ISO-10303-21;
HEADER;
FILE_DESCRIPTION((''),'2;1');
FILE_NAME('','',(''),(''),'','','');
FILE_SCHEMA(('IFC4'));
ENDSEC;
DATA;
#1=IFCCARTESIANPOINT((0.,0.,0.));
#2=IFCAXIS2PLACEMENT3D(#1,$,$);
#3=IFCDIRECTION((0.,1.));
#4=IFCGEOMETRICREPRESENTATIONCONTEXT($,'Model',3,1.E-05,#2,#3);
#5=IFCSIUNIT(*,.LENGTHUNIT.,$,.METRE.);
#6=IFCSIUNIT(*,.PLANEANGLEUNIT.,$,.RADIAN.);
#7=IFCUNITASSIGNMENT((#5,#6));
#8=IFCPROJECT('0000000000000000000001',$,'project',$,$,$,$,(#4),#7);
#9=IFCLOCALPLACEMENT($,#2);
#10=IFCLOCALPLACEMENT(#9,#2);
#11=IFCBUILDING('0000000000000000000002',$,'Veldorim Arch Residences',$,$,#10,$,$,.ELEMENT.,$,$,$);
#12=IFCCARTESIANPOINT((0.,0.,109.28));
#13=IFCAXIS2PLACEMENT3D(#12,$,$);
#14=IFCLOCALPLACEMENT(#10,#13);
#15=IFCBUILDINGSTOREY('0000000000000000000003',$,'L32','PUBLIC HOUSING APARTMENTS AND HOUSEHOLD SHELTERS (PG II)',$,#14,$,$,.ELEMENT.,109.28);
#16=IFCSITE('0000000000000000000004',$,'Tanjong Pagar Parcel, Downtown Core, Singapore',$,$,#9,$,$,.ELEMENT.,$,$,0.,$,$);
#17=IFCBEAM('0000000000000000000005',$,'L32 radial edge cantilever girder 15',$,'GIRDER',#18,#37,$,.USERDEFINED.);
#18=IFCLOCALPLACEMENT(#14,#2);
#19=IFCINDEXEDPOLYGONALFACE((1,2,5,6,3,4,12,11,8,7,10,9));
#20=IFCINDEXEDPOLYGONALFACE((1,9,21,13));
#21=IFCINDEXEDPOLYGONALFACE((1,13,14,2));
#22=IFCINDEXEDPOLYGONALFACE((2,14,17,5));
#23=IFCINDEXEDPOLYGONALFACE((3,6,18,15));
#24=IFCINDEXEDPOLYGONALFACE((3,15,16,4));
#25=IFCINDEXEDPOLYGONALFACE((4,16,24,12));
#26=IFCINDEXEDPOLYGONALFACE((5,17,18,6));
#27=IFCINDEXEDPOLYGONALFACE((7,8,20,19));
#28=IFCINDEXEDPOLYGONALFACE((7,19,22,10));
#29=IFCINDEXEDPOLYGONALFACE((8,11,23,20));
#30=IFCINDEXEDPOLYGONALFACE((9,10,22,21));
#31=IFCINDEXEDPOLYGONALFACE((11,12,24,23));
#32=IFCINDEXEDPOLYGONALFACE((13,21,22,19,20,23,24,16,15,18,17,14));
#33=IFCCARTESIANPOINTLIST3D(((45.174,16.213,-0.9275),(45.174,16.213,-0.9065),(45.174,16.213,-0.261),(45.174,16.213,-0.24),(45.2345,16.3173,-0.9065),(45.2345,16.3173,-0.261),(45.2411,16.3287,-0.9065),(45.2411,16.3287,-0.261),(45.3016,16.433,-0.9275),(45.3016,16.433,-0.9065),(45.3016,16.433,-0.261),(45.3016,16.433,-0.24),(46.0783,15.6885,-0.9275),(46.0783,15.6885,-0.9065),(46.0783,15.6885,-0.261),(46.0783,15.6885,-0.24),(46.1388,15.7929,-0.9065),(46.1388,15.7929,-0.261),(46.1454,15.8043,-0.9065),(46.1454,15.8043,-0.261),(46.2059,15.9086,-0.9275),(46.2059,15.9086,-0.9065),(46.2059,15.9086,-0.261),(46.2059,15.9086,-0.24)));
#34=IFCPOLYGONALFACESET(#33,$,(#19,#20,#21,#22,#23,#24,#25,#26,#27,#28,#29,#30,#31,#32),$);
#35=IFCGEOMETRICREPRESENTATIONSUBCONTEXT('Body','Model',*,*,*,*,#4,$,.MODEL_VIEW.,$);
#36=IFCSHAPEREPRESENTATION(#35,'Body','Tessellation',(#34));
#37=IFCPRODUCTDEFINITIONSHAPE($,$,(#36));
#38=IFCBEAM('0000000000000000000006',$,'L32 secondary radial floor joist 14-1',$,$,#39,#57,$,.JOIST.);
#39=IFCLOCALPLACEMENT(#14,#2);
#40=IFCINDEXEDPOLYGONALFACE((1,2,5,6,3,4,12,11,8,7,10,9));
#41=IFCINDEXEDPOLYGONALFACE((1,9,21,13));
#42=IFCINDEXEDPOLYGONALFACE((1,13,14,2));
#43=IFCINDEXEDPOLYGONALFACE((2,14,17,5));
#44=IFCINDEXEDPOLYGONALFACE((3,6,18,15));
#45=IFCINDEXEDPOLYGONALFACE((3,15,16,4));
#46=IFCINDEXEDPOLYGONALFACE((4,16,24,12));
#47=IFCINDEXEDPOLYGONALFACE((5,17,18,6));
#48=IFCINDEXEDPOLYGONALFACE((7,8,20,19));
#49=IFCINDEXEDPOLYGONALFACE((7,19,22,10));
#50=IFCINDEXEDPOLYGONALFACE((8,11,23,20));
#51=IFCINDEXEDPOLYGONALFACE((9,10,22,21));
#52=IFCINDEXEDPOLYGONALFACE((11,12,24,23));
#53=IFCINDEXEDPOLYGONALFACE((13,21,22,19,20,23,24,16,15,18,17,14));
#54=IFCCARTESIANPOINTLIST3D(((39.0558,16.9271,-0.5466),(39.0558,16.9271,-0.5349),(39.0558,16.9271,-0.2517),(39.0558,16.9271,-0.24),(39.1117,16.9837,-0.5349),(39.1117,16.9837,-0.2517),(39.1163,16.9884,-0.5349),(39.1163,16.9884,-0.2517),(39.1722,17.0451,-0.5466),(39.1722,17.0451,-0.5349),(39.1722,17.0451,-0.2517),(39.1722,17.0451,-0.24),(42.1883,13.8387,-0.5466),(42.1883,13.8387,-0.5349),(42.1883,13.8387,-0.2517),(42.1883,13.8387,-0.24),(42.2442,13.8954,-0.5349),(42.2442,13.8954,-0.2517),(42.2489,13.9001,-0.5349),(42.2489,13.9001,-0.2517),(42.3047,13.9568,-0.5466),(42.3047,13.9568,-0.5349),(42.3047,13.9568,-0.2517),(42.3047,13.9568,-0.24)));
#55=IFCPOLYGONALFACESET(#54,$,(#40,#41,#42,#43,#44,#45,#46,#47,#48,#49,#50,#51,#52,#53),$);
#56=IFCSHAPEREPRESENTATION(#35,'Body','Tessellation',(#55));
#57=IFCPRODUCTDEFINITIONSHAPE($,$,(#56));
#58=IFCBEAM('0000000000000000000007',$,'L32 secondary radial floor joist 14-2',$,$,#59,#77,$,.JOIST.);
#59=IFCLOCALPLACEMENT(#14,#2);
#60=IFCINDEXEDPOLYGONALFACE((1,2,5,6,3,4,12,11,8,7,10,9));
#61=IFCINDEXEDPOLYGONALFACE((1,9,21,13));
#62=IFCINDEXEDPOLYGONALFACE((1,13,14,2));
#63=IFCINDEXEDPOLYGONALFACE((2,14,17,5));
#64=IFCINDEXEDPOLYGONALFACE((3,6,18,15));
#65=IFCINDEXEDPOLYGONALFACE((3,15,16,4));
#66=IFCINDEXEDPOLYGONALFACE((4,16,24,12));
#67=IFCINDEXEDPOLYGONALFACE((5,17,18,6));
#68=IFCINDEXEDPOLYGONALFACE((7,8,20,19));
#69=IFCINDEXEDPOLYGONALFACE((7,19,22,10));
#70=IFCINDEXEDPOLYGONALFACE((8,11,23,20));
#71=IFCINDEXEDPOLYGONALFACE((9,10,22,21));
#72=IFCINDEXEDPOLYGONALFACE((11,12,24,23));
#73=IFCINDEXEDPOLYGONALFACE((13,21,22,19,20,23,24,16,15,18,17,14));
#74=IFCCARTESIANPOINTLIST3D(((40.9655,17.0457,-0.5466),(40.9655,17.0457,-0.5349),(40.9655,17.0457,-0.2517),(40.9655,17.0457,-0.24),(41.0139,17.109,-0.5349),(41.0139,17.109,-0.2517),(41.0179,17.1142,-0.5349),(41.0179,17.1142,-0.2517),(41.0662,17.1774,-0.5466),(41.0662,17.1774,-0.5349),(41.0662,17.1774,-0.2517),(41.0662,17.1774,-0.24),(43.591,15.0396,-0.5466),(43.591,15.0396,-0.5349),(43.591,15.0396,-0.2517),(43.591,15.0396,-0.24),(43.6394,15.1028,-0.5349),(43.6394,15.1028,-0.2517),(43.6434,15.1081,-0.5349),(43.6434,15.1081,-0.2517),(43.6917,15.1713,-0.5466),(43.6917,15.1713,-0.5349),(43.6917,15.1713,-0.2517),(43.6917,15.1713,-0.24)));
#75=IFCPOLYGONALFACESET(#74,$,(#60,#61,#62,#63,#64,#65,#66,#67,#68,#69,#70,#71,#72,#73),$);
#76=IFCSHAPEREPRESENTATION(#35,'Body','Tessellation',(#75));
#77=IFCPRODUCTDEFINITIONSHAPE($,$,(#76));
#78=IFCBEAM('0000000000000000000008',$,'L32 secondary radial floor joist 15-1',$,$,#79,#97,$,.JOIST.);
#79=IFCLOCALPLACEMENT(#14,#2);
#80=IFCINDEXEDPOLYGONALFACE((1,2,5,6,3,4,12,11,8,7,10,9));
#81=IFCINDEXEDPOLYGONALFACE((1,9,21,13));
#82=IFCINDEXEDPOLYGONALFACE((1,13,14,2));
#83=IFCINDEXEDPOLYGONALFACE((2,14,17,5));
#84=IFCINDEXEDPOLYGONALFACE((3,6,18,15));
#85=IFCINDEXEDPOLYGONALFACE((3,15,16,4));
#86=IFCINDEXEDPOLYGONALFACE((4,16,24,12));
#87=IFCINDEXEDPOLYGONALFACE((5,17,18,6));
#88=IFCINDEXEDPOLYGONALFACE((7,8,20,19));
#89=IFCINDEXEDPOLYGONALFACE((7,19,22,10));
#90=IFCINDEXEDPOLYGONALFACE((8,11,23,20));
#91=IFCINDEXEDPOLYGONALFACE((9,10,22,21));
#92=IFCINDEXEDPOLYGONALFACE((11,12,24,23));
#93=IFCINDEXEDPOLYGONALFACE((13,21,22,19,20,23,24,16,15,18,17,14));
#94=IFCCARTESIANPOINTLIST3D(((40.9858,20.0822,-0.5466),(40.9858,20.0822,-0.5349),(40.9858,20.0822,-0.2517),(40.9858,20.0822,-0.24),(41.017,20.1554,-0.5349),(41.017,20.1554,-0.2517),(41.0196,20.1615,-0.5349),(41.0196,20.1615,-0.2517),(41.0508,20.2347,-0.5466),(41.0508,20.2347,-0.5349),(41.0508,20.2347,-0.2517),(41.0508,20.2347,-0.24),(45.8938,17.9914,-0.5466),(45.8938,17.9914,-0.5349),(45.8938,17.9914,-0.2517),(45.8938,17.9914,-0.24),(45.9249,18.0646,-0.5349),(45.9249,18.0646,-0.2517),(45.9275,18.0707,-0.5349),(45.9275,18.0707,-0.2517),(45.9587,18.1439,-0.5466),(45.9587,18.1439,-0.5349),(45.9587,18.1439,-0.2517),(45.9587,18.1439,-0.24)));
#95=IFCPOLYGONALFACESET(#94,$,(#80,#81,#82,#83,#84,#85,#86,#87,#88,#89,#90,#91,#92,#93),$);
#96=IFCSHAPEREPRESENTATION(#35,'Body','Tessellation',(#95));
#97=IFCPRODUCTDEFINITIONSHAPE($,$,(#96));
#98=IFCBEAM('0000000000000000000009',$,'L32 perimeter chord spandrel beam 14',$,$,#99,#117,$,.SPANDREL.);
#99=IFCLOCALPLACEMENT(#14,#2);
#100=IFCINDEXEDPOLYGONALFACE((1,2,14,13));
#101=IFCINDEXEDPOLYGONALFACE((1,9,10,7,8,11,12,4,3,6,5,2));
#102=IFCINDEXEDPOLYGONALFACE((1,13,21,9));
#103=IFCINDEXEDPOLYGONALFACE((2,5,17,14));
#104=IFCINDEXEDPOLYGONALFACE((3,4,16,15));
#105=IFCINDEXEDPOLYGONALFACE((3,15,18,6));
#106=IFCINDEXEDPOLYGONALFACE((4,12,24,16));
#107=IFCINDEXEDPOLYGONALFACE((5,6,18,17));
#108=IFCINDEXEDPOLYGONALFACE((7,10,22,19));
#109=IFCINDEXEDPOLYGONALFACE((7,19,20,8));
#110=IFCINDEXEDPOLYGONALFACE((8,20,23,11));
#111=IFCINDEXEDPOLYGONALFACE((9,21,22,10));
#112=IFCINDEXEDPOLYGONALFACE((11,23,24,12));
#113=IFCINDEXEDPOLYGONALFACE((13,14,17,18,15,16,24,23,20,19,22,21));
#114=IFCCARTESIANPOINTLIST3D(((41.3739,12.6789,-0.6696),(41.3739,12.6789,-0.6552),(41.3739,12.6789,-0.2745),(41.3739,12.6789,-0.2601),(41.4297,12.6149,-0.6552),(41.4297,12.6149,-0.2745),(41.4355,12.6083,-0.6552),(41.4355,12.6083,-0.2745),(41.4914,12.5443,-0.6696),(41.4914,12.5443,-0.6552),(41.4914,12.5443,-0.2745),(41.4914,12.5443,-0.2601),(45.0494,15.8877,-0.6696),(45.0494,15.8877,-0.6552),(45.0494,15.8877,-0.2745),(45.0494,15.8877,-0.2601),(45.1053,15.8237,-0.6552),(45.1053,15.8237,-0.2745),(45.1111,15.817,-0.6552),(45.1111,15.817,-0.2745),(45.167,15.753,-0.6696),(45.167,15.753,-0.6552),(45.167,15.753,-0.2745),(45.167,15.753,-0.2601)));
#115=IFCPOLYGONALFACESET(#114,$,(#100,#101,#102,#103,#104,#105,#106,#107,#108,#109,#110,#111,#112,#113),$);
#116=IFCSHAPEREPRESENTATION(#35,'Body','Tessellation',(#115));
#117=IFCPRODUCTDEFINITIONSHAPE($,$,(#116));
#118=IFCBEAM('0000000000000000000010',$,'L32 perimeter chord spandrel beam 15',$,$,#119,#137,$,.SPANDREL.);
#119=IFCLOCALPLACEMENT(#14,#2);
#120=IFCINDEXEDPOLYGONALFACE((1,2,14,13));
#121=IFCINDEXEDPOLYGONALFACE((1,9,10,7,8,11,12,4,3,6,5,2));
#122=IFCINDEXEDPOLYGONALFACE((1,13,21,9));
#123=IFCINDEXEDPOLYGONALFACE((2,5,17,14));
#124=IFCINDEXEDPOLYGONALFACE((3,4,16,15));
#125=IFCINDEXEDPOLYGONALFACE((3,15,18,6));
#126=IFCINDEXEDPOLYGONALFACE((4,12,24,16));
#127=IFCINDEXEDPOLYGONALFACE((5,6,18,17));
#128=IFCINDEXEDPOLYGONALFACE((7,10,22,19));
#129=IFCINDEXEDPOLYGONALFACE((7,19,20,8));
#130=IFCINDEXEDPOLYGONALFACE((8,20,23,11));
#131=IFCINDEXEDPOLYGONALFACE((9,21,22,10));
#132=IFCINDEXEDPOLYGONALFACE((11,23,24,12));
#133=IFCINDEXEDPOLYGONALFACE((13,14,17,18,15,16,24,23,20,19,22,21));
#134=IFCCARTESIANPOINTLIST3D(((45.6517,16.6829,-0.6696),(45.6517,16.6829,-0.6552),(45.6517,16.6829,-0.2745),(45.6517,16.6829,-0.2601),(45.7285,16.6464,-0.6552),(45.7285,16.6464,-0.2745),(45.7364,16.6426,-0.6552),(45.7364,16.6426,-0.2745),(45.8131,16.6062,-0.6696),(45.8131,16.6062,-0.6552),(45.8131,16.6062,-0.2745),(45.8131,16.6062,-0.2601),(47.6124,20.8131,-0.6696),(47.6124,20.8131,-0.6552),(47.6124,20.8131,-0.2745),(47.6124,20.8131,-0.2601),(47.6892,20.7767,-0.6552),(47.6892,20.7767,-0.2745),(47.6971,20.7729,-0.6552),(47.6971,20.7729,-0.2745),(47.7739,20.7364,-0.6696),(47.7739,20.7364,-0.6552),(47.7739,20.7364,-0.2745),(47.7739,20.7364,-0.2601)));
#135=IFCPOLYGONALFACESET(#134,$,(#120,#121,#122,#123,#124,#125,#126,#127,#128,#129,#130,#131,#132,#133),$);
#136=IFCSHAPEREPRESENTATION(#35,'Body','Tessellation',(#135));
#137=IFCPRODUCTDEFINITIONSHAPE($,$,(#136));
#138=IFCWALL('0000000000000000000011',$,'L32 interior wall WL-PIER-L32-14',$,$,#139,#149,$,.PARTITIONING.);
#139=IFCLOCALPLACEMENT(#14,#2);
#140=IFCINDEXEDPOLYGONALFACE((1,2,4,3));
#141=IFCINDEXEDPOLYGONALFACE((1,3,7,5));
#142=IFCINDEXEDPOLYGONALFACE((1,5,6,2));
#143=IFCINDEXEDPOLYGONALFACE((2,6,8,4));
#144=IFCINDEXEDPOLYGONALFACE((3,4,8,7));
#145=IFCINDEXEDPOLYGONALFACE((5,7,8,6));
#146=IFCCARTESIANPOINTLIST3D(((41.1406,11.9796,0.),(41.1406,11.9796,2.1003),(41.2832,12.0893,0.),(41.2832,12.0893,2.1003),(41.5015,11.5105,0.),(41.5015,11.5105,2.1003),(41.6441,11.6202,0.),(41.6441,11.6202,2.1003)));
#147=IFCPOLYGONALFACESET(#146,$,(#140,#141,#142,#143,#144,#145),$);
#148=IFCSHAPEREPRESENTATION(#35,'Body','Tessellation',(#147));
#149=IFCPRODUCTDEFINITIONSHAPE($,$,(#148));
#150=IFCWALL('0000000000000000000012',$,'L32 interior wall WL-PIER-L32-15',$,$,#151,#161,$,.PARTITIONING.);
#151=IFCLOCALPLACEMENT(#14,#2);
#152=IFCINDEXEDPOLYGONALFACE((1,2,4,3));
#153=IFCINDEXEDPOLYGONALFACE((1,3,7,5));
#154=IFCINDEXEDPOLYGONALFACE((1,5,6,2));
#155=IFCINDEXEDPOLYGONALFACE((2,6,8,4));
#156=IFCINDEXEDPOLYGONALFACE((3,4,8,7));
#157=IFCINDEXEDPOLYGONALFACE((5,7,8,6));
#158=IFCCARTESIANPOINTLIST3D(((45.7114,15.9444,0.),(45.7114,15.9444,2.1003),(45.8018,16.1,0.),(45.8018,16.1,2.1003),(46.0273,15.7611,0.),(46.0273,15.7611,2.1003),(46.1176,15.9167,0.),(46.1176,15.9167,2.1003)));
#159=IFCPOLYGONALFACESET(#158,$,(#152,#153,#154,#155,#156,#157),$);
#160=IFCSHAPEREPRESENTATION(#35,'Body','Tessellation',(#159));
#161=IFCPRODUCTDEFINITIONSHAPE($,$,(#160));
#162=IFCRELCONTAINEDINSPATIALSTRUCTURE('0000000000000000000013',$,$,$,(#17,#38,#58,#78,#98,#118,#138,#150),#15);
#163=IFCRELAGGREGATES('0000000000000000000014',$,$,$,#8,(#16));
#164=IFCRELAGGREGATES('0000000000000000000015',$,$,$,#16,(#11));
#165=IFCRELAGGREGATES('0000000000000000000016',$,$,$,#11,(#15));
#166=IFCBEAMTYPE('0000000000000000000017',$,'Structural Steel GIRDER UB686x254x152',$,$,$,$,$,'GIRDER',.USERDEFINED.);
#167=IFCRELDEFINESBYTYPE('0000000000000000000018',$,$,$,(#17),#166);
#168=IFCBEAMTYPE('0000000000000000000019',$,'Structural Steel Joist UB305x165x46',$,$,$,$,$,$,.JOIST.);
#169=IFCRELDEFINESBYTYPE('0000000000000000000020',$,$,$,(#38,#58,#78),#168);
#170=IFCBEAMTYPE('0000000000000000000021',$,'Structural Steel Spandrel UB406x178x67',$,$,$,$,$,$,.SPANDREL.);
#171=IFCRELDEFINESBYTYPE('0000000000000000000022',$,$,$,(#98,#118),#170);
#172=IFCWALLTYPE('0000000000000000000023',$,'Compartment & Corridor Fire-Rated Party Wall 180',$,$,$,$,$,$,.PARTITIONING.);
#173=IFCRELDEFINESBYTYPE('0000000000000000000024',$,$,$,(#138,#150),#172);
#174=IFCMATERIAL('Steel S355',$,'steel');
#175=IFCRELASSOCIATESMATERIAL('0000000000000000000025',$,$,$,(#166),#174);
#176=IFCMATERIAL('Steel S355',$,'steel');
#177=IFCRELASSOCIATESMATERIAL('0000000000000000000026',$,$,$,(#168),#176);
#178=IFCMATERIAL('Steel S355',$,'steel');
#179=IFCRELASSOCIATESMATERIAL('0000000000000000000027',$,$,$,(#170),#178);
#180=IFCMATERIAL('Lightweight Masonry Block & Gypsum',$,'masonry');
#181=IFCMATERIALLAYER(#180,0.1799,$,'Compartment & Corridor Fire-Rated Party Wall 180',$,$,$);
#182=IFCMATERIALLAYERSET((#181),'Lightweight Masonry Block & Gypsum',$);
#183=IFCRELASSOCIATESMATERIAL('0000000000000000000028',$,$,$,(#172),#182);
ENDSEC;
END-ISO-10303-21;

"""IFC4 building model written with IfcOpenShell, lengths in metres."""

from ifc_helpers import new_model, si_unit, direction, frame, frame_2d, origin, origin_2d, place, context, subcontext, project, spatial, rectangle, i_section, extrude, material, layer, layer_set, material_profile, profile_set, type_object, element, save


model = new_model("IFC4")

# Units and contexts
model_context = context("Model", 3, precision=1e-05, world=origin(), true_north=direction((0.0, 1.0)))
body_context = subcontext(model_context, "Body", "Model", "MODEL_VIEW")
ifc_project = project(units=[si_unit("LENGTHUNIT", "METRE"), si_unit("PLANEANGLEUNIT", "RADIAN")], contexts=[model_context])

# Site, building, storey
site_placement = place(None, origin())
site = spatial("IfcSite", under=ifc_project, at=site_placement, Name="Tanjong Pagar Parcel, Downtown Core, Singapore", CompositionType="ELEMENT", RefElevation=0.0)
building_placement = place(site_placement, origin())
building = spatial("IfcBuilding", under=site, at=building_placement, Name="Veldorim Arch Residences", CompositionType="ELEMENT")
storey_placement = place(building_placement, frame((0.0, 0.0, 109.28)))
storey = spatial("IfcBuildingStorey", under=building, at=storey_placement, Name="L32", Description="PUBLIC HOUSING APARTMENTS AND HOUSEHOLD SHELTERS (PG II)", CompositionType="ELEMENT", Elevation=109.28)

# Beams
ifc_material_1 = material(Name="Steel S355", Category="steel")
ifc_material_profile_1 = material_profile(ifc_material_1, i_section(OverallWidth=0.2544, OverallDepth=0.6875, WebThickness=0.0132, FlangeThickness=0.021, at=origin_2d()), Name="UB686x254x152")
ifc_profile_set_1 = profile_set([ifc_material_profile_1], Name="Steel S355")
beam_type_1 = type_object("IfcBeamType", Name="Structural Steel GIRDER UB686x254x152", ElementType="GIRDER", PredefinedType="USERDEFINED", material=ifc_profile_set_1)
beam_1_placement = place(storey_placement, frame((45.2378, 16.323, -0.5837), z_axis=(0.865064, -0.501662, 0.0), x_axis=(0.501662, 0.865064, 0.0)))
element("IfcBeam", 1, at=beam_1_placement, inside=storey, type_object=beam_type_1, Name="L32 radial edge cantilever girder 15", ObjectType="GIRDER", PredefinedType="USERDEFINED", context=body_context, shape_type="SweptSolid", body=[
    extrude(i_section(OverallWidth=0.2544, OverallDepth=0.6875, WebThickness=0.0132, FlangeThickness=0.021, at=origin_2d()), origin(), (0.0, 0.0, 1.0), 1.0454),
])
ifc_material_2 = material(Name="Steel S355", Category="steel")
ifc_material_profile_2 = material_profile(ifc_material_2, i_section(OverallWidth=0.1658, OverallDepth=0.3066, WebThickness=0.0066, FlangeThickness=0.0117, at=origin_2d()), Name="UB305x165x46")
ifc_profile_set_2 = profile_set([ifc_material_profile_2], Name="Steel S355")
beam_type_2 = type_object("IfcBeamType", Name="Structural Steel Joist UB305x165x46", PredefinedType="JOIST", material=ifc_profile_set_2)
beam_2_placement = place(storey_placement, frame((39.114, 16.9861, -0.3933), z_axis=(0.712112, -0.702066, 0.0), x_axis=(0.702066, 0.712112, 0.0)))
element("IfcBeam", 2, at=beam_2_placement, inside=storey, type_object=beam_type_2, Name="L32 secondary radial floor joist 14-1", PredefinedType="JOIST", context=body_context, shape_type="SweptSolid", body=[
    extrude(i_section(OverallWidth=0.1658, OverallDepth=0.3066, WebThickness=0.0066, FlangeThickness=0.0117, at=origin_2d()), origin(), (0.0, 0.0, 1.0), 4.3989),
])
beam_3_placement = place(storey_placement, frame((41.0159, 17.1116, -0.3933), z_axis=(0.794595, -0.60714, 0.0), x_axis=(0.60714, 0.794595, 0.0)))
element("IfcBeam", 3, at=beam_3_placement, inside=storey, type_object=beam_type_2, Name="L32 secondary radial floor joist 14-2", PredefinedType="JOIST", context=body_context, shape_type="SweptSolid", body=[
    extrude(i_section(OverallWidth=0.1658, OverallDepth=0.3066, WebThickness=0.0066, FlangeThickness=0.0117, at=origin_2d()), origin(), (0.0, 0.0, 1.0), 3.3042),
])
beam_4_placement = place(storey_placement, frame((41.0183, 20.1584, -0.3933), z_axis=(0.919997, -0.391924, 0.0), x_axis=(0.391924, 0.919997, 0.0)))
element("IfcBeam", 4, at=beam_4_placement, inside=storey, type_object=beam_type_2, Name="L32 secondary radial floor joist 15-1", PredefinedType="JOIST", context=body_context, shape_type="SweptSolid", body=[
    extrude(i_section(OverallWidth=0.1658, OverallDepth=0.3066, WebThickness=0.0066, FlangeThickness=0.0117, at=origin_2d()), origin(), (0.0, 0.0, 1.0), 5.3347),
])
ifc_material_3 = material(Name="Steel S355", Category="steel")
ifc_material_profile_3 = material_profile(ifc_material_3, i_section(OverallWidth=0.1787, OverallDepth=0.4094, WebThickness=0.0088, FlangeThickness=0.0144, at=origin_2d()), Name="UB406x178x67")
ifc_profile_set_3 = profile_set([ifc_material_profile_3], Name="Steel S355")
beam_type_3 = type_object("IfcBeamType", Name="Structural Steel Spandrel UB406x178x67", PredefinedType="SPANDREL", material=ifc_profile_set_3)
beam_5_placement = place(storey_placement, frame((41.4326, 12.6116, -0.4648), z_axis=(0.753323, 0.65765, 0.0), x_axis=(-0.65765, 0.753323, 0.0)))
element("IfcBeam", 5, at=beam_5_placement, inside=storey, type_object=beam_type_3, Name="L32 perimeter chord spandrel beam 14", PredefinedType="SPANDREL", context=body_context, shape_type="SweptSolid", body=[
    extrude(i_section(OverallWidth=0.1787, OverallDepth=0.4094, WebThickness=0.0088, FlangeThickness=0.0144, at=origin_2d()), origin(), (0.0, 0.0, 1.0), 4.8792),
])
beam_6_placement = place(storey_placement, frame((45.7324, 16.6445, -0.4648), z_axis=(0.428857, 0.903372, 0.0), x_axis=(-0.903372, 0.428857, 0.0)))
element("IfcBeam", 6, at=beam_6_placement, inside=storey, type_object=beam_type_3, Name="L32 perimeter chord spandrel beam 15", PredefinedType="SPANDREL", context=body_context, shape_type="SweptSolid", body=[
    extrude(i_section(OverallWidth=0.1787, OverallDepth=0.4094, WebThickness=0.0088, FlangeThickness=0.0144, at=origin_2d()), origin(), (0.0, 0.0, 1.0), 4.572),
])

# Walls
ifc_material_4 = material(Name="Lightweight Masonry Block & Gypsum", Category="masonry")
ifc_layer_1 = layer(ifc_material_4, 0.1799, Name="Compartment & Corridor Fire-Rated Party Wall 180")
ifc_layer_set_1 = layer_set([ifc_layer_1], Name="Lightweight Masonry Block & Gypsum")
wall_type_1 = type_object("IfcWallType", Name="Compartment & Corridor Fire-Rated Party Wall 180", PredefinedType="PARTITIONING", material=ifc_layer_set_1)
wall_1_placement = place(storey_placement, frame((41.2119, 12.0344, 0.0), z_axis=(0.0, 0.0, 1.0), x_axis=(0.609791, -0.792563, 0.0)))
element("IfcWall", 7, at=wall_1_placement, inside=storey, type_object=wall_type_1, Name="L32 interior wall WL-PIER-L32-14", PredefinedType="PARTITIONING", context=body_context, shape_type="SweptSolid", body=[
    extrude(rectangle(XDim=0.5918, YDim=0.1799, at=frame_2d((0.2959, 0.0))), origin(), (0.0, 0.0, 1.0), 2.1003),
])
wall_2_placement = place(storey_placement, frame((45.7566, 16.0222, 0.0), z_axis=(0.0, 0.0, 1.0), x_axis=(0.864892, -0.501958, 0.0)))
element("IfcWall", 8, at=wall_2_placement, inside=storey, type_object=wall_type_1, Name="L32 interior wall WL-PIER-L32-15", PredefinedType="PARTITIONING", context=body_context, shape_type="SweptSolid", body=[
    extrude(rectangle(XDim=0.3652, YDim=0.1799, at=frame_2d((0.1826, 0.0))), origin(), (0.0, 0.0, 1.0), 2.1003),
])

save(model, "model.ifc")
